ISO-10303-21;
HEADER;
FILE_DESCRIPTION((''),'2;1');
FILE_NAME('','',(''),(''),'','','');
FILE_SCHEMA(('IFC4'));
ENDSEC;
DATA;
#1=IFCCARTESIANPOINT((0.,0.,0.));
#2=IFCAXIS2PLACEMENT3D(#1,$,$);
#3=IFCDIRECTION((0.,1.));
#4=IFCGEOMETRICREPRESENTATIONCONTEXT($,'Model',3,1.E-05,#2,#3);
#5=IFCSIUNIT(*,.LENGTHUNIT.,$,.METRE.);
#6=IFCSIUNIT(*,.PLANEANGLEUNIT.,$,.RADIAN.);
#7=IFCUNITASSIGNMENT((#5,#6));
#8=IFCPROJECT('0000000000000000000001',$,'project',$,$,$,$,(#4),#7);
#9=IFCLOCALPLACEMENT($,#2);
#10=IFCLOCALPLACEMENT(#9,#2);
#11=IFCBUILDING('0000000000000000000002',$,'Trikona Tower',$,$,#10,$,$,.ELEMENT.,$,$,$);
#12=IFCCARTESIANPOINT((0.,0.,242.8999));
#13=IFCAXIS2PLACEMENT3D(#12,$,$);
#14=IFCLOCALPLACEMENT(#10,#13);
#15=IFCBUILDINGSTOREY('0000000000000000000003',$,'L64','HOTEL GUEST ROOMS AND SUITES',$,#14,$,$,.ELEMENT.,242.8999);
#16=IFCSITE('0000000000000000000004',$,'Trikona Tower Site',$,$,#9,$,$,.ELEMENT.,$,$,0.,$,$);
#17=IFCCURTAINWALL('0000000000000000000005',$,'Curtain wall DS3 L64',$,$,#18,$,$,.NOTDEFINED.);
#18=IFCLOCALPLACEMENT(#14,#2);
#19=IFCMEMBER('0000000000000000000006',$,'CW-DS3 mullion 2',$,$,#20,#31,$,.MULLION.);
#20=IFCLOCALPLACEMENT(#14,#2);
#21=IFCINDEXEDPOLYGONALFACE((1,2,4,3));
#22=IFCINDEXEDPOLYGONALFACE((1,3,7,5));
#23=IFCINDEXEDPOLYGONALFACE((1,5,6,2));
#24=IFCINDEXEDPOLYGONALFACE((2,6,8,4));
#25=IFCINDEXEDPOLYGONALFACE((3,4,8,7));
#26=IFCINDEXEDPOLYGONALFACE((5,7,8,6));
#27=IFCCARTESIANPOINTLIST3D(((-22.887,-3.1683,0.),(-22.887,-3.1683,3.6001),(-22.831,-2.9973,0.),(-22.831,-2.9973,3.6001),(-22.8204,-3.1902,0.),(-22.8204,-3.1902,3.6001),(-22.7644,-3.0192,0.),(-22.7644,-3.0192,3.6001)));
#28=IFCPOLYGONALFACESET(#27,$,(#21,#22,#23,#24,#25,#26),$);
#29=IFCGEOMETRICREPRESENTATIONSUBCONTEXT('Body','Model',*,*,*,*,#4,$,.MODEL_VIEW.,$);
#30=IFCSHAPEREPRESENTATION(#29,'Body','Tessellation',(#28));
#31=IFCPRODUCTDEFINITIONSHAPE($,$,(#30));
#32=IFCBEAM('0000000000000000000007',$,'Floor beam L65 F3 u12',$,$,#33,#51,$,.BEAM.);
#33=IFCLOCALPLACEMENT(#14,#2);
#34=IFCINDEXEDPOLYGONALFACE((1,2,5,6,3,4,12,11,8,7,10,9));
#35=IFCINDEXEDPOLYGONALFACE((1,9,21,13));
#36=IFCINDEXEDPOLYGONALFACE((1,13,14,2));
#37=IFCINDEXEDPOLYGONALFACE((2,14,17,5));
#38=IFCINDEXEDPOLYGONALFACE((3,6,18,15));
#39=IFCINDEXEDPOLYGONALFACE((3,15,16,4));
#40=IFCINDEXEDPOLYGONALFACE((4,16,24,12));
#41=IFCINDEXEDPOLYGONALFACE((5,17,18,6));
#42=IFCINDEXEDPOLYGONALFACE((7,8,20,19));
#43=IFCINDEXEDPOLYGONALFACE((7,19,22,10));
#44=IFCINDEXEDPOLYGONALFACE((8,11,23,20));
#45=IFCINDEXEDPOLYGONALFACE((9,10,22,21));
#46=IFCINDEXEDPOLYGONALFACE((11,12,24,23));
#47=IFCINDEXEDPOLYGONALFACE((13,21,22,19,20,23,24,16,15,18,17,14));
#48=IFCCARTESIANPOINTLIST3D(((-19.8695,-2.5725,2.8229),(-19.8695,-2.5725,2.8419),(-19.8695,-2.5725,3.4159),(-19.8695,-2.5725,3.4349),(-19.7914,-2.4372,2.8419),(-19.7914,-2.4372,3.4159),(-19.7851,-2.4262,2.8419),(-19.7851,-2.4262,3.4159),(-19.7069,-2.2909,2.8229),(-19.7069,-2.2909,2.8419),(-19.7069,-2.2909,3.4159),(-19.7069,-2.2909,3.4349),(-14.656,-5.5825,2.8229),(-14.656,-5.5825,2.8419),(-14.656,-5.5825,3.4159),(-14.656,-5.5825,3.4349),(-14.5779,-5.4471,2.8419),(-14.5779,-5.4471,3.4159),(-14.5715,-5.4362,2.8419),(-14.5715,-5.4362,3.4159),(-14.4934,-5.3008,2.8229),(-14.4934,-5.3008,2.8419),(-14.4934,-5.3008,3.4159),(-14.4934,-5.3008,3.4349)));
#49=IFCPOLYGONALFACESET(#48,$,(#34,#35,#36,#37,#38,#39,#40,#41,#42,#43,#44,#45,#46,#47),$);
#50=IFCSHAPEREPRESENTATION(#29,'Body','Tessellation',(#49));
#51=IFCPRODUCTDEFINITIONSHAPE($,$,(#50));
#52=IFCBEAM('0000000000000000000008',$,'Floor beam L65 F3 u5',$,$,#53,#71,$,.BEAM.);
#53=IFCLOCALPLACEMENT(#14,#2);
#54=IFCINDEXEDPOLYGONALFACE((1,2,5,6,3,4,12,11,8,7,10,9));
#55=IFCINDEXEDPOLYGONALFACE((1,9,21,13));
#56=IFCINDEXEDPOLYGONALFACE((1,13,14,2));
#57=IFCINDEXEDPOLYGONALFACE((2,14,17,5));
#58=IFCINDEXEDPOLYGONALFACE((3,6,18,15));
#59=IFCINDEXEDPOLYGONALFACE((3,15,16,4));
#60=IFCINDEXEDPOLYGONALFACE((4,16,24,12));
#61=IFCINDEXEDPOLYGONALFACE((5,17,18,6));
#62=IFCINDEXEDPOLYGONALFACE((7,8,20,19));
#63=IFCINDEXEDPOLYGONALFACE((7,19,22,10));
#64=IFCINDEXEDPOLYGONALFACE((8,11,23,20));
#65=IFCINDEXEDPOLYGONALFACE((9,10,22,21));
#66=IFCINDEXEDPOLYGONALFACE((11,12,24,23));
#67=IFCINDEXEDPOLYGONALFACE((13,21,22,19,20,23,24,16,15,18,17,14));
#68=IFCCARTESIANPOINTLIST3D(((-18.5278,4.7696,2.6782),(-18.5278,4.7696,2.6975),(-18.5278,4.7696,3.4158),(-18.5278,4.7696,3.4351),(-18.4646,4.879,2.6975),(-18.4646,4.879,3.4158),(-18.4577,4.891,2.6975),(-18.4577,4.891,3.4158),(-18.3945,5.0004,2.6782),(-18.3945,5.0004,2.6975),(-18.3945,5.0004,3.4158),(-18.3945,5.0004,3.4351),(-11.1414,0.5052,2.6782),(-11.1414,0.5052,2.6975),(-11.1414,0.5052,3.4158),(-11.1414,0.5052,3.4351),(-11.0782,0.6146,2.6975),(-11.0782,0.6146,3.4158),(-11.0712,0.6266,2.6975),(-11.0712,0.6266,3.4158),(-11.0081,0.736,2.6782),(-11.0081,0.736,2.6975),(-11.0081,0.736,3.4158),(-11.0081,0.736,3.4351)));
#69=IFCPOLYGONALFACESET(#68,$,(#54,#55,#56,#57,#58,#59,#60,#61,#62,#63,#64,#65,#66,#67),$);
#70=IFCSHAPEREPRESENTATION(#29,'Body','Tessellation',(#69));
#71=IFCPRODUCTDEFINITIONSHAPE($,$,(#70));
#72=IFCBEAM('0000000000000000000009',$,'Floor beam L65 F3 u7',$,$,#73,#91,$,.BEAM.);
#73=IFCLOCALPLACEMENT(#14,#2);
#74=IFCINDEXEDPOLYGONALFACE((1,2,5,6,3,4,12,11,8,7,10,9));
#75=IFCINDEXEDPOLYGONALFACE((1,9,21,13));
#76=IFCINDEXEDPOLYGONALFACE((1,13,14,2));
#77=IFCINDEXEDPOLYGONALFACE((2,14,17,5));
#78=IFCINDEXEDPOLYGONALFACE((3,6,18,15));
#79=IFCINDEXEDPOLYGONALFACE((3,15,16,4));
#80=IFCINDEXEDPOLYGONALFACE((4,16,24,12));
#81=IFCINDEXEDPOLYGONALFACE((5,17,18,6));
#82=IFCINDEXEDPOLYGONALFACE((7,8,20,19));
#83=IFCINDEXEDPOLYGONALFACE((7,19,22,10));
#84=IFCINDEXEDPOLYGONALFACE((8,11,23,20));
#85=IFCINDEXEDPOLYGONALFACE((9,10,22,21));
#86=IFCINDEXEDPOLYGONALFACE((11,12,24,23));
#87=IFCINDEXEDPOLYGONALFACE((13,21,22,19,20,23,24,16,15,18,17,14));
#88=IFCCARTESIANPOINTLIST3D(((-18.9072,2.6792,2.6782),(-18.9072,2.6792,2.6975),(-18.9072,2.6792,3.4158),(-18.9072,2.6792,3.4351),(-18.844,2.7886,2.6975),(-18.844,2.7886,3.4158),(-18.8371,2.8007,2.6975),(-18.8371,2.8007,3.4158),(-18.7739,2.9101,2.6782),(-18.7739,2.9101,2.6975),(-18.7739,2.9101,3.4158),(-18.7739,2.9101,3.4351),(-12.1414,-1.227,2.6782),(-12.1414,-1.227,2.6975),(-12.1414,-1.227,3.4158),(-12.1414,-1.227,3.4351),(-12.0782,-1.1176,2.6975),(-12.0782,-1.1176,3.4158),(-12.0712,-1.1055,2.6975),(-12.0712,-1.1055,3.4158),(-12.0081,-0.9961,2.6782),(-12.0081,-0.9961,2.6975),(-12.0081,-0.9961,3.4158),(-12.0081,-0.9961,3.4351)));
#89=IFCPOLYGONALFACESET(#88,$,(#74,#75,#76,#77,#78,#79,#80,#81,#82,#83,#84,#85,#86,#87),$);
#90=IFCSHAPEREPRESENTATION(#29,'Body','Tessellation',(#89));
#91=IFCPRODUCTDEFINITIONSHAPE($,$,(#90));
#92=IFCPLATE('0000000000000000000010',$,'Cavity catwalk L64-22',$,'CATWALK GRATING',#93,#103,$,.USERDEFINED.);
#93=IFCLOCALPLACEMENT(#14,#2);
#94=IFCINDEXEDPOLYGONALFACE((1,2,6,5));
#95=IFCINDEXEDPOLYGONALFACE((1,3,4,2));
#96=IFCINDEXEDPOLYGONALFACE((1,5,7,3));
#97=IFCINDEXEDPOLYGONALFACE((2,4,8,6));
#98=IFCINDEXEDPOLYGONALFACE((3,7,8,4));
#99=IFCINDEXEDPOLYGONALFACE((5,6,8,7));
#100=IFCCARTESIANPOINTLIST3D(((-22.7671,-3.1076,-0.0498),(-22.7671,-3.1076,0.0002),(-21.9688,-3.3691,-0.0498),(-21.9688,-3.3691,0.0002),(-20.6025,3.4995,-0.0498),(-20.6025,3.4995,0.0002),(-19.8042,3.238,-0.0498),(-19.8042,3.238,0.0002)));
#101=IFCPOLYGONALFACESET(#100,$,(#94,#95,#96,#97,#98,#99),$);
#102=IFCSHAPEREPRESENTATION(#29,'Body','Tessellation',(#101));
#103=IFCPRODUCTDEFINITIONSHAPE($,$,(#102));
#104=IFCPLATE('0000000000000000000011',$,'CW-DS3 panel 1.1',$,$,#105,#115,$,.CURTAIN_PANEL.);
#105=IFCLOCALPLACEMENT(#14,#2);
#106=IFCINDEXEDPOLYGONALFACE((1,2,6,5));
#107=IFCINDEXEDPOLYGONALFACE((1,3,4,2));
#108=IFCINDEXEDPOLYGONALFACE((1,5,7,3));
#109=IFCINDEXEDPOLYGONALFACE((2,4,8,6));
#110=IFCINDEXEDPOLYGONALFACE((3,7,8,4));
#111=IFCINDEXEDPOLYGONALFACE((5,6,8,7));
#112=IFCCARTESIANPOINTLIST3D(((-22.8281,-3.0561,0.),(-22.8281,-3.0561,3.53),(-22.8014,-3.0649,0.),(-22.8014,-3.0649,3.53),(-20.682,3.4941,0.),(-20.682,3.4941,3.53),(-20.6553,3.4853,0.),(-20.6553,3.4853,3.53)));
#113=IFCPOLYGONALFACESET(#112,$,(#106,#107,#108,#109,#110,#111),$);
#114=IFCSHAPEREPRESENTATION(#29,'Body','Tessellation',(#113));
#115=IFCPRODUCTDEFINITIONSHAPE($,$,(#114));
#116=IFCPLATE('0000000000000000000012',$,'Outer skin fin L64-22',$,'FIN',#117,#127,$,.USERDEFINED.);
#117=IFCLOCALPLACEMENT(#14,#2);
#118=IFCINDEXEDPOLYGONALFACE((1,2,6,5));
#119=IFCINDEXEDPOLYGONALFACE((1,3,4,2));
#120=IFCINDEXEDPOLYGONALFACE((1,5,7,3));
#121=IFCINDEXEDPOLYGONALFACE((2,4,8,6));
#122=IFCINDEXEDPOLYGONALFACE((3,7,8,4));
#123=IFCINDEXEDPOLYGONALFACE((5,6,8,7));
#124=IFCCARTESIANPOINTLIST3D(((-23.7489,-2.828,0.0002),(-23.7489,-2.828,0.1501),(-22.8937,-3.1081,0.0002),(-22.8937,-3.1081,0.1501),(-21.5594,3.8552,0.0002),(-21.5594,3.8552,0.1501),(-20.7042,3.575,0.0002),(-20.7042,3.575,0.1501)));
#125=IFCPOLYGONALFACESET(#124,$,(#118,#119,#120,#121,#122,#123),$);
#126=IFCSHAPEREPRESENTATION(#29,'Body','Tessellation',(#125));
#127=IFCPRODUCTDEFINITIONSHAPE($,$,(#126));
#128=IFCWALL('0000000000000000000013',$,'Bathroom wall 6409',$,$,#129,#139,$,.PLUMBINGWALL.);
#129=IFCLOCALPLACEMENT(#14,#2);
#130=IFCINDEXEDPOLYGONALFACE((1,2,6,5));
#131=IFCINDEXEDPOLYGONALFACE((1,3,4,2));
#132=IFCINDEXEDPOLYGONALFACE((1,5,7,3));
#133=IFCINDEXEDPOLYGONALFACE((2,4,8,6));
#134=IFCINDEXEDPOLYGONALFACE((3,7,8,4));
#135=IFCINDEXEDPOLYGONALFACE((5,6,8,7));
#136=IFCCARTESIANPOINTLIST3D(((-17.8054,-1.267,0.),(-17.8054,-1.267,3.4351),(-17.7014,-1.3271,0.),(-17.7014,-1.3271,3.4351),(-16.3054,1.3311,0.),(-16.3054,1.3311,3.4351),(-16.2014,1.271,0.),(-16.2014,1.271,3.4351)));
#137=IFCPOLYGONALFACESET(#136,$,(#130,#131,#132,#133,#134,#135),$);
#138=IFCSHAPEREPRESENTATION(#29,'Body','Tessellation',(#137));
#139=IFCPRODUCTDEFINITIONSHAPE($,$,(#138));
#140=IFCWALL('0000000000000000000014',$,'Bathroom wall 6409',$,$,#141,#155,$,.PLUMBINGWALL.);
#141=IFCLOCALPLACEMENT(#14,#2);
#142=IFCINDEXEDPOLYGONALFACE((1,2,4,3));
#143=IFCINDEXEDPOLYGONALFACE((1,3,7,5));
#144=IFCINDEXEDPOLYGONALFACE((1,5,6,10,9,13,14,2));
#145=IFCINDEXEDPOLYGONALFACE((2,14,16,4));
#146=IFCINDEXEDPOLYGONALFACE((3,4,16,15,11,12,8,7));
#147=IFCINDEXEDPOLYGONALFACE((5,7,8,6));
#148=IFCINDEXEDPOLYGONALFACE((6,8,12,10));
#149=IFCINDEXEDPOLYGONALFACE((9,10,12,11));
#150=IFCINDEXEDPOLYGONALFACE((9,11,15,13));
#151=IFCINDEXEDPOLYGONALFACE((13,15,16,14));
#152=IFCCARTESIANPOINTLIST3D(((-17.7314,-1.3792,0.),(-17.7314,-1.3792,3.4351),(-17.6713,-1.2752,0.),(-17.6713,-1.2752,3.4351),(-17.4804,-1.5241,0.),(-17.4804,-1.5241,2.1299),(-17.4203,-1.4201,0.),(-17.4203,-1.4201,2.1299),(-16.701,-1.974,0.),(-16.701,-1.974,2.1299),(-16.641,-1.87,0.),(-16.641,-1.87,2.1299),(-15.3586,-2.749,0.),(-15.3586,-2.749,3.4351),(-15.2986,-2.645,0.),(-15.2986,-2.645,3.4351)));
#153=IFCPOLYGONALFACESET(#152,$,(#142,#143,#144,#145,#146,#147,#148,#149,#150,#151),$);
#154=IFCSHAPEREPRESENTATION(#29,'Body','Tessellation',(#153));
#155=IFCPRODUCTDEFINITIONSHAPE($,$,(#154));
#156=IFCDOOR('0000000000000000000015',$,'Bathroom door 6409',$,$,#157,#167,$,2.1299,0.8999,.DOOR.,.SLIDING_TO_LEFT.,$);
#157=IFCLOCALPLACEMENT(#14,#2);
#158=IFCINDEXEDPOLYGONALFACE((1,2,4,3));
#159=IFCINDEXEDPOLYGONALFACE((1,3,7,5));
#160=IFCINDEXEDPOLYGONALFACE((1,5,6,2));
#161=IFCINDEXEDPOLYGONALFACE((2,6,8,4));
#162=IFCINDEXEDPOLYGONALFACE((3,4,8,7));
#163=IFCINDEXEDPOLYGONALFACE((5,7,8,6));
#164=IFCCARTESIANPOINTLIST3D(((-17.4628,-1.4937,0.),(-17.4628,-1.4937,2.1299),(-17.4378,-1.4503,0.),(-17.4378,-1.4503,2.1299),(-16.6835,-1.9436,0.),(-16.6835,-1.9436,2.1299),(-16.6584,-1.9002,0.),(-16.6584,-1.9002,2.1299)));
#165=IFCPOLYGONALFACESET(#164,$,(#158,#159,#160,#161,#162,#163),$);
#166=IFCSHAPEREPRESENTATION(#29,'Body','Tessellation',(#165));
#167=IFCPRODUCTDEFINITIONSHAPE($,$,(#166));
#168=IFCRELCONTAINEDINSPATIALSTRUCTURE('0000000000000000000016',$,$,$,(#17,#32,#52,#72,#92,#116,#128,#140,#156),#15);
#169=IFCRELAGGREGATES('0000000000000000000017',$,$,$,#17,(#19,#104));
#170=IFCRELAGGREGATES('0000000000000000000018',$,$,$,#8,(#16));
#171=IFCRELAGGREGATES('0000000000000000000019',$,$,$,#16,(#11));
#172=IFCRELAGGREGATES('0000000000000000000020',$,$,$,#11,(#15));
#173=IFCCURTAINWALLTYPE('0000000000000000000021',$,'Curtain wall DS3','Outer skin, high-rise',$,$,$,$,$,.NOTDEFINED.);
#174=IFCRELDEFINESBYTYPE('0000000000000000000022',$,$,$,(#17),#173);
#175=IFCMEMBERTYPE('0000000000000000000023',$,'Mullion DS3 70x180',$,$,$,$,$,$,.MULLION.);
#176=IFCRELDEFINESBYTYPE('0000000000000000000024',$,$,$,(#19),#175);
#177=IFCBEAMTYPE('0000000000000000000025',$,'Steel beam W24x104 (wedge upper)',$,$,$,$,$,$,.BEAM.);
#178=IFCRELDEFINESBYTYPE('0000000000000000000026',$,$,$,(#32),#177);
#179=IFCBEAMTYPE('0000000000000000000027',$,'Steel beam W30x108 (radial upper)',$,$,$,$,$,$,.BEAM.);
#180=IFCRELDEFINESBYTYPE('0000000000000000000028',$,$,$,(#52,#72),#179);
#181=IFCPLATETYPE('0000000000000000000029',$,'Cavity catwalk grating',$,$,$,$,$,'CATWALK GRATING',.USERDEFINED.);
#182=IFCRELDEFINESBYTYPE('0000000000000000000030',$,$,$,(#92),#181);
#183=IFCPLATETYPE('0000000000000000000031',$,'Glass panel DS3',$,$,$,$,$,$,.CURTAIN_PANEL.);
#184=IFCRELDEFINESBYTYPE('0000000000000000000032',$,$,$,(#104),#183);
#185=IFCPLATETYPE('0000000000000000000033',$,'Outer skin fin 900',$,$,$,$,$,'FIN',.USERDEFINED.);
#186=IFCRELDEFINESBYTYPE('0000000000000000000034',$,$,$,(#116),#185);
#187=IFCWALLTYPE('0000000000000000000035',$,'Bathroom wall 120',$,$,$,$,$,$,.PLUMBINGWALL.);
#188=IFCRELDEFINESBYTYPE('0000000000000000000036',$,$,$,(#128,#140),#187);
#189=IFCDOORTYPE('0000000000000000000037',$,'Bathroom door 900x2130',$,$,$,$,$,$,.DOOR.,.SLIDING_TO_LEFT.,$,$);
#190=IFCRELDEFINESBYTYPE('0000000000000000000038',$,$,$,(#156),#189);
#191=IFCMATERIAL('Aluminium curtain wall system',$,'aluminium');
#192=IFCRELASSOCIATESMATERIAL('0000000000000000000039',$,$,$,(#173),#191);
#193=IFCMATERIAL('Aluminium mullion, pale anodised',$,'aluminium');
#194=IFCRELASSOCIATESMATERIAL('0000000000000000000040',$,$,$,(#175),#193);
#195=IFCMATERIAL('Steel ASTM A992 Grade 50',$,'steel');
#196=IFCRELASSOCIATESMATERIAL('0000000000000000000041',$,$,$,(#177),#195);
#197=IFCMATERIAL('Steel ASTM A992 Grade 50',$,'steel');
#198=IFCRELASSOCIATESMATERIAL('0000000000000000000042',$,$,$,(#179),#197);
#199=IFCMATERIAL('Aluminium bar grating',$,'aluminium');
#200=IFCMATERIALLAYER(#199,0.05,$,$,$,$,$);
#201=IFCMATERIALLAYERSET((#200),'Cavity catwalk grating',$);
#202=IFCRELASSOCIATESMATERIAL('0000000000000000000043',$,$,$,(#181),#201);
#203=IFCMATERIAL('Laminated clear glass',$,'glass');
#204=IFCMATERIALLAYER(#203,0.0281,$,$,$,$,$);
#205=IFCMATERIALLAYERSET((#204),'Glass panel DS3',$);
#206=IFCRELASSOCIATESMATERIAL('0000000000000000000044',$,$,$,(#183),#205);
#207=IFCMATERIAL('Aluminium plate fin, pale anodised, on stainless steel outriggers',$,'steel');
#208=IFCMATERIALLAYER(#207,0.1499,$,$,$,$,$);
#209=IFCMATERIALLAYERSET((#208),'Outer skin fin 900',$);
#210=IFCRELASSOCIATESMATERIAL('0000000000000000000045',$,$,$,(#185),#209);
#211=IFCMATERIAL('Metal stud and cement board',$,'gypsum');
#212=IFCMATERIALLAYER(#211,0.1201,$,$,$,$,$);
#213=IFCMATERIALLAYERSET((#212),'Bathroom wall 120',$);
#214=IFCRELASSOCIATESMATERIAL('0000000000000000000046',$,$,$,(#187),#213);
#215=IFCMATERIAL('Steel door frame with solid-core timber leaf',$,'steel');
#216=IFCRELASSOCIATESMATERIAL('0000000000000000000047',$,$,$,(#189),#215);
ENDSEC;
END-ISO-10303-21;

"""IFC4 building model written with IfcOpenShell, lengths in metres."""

from ifc_helpers import new_model, si_unit, direction, frame, frame_2d, origin, origin_2d, place, context, subcontext, project, spatial, rectangle, i_section, extrude, material, layer, layer_set, material_profile, profile_set, type_object, element, fill, aggregate, save


model = new_model("IFC4")

# Units and contexts
model_context = context("Model", 3, precision=1e-05, world=origin(), true_north=direction((0.0, 1.0)))
body_context = subcontext(model_context, "Body", "Model", "MODEL_VIEW")
ifc_project = project(units=[si_unit("LENGTHUNIT", "METRE"), si_unit("PLANEANGLEUNIT", "RADIAN")], contexts=[model_context])

# Site, building, storey
site_placement = place(None, origin())
site = spatial("IfcSite", under=ifc_project, at=site_placement, Name="Trikona Tower Site", CompositionType="ELEMENT", RefElevation=0.0)
building_placement = place(site_placement, origin())
building = spatial("IfcBuilding", under=site, at=building_placement, Name="Trikona Tower", CompositionType="ELEMENT")
storey_placement = place(building_placement, frame((0.0, 0.0, 242.8999)))
storey = spatial("IfcBuildingStorey", under=building, at=storey_placement, Name="L64", Description="HOTEL GUEST ROOMS AND SUITES", CompositionType="ELEMENT", Elevation=242.8999)

# Curtain wall, member
ifc_material_1 = material(Name="Aluminium curtain wall system", Category="aluminium")
curtain_wall_type = type_object("IfcCurtainWallType", Name="Curtain wall DS3", Description="Outer skin, high-rise", PredefinedType="NOTDEFINED", material=ifc_material_1)
curtain_wall_placement = place(storey_placement, origin())
curtain_wall = element("IfcCurtainWall", 1, at=curtain_wall_placement, inside=storey, type_object=curtain_wall_type, Name="Curtain wall DS3 L64", PredefinedType="NOTDEFINED")
ifc_material_2 = material(Name="Aluminium mullion, pale anodised", Category="aluminium")
ifc_material_profile_1 = material_profile(ifc_material_2, rectangle(XDim=0.0701, YDim=0.1799, at=origin_2d()), Name="MUL-DS3")
ifc_profile_set_1 = profile_set([ifc_material_profile_1], Name="Aluminium mullion, pale anodised")
member_type = type_object("IfcMemberType", Name="Mullion DS3 70x180", PredefinedType="MULLION", material=ifc_profile_set_1)
member_placement = place(storey_placement, frame((-22.8257, -3.0938, 0.0), z_axis=(0.0, 0.0, 1.0), x_axis=(0.950297, -0.311344, 0.0)))
member = element("IfcMember", 2, at=member_placement, type_object=member_type, Name="CW-DS3 mullion 2", PredefinedType="MULLION", context=body_context, shape_type="SweptSolid", body=[
    extrude(rectangle(XDim=0.0701, YDim=0.1799, at=origin_2d()), origin(), (0.0, 0.0, 1.0), 3.6001),
])

# Beams
ifc_material_3 = material(Name="Steel ASTM A992 Grade 50", Category="steel")
ifc_material_profile_2 = material_profile(ifc_material_3, i_section(OverallWidth=0.3252, OverallDepth=0.6121, WebThickness=0.0127, FlangeThickness=0.019, at=origin_2d()), Name="W24X104")
ifc_profile_set_2 = profile_set([ifc_material_profile_2], Name="Steel ASTM A992 Grade 50")
beam_type_1 = type_object("IfcBeamType", Name="Steel beam W24x104 (wedge upper)", PredefinedType="BEAM", material=ifc_profile_set_2)
beam_1_placement = place(storey_placement, frame((-14.5747, -5.4417, 3.1289), z_axis=(-0.866031, 0.49999, 0.0), x_axis=(-0.49999, -0.866031, 0.0)))
element("IfcBeam", 3, at=beam_1_placement, inside=storey, type_object=beam_type_1, Name="Floor beam L65 F3 u12", PredefinedType="BEAM", context=body_context, shape_type="SweptSolid", body=[
    extrude(i_section(OverallWidth=0.3252, OverallDepth=0.6121, WebThickness=0.0127, FlangeThickness=0.019, at=origin_2d()), origin(), (0.0, 0.0, 1.0), 6.02),
])
ifc_material_4 = material(Name="Steel ASTM A992 Grade 50", Category="steel")
ifc_material_profile_3 = material_profile(ifc_material_4, i_section(OverallWidth=0.2666, OverallDepth=0.7568, WebThickness=0.0139, FlangeThickness=0.0193, at=origin_2d()), Name="W30X108")
ifc_profile_set_3 = profile_set([ifc_material_profile_3], Name="Steel ASTM A992 Grade 50")
beam_type_2 = type_object("IfcBeamType", Name="Steel beam W30x108 (radial upper)", PredefinedType="BEAM", material=ifc_profile_set_3)
beam_2_placement = place(storey_placement, frame((-11.0747, 0.6206, 3.0566), z_axis=(-0.866034, 0.499984, 0.0), x_axis=(-0.499984, -0.866034, 0.0)))
element("IfcBeam", 4, at=beam_2_placement, inside=storey, type_object=beam_type_2, Name="Floor beam L65 F3 u5", PredefinedType="BEAM", context=body_context, shape_type="SweptSolid", body=[
    extrude(i_section(OverallWidth=0.2666, OverallDepth=0.7568, WebThickness=0.0139, FlangeThickness=0.0193, at=origin_2d()), origin(), (0.0, 0.0, 1.0), 8.5291),
])
beam_3_placement = place(storey_placement, frame((-12.0747, -1.1116, 3.0566), z_axis=(-0.866027, 0.499997, 0.0), x_axis=(-0.499997, -0.866027, 0.0)))
element("IfcBeam", 5, at=beam_3_placement, inside=storey, type_object=beam_type_2, Name="Floor beam L65 F3 u7", PredefinedType="BEAM", context=body_context, shape_type="SweptSolid", body=[
    extrude(i_section(OverallWidth=0.2666, OverallDepth=0.7568, WebThickness=0.0139, FlangeThickness=0.0193, at=origin_2d()), origin(), (0.0, 0.0, 1.0), 7.8125),
])

# Plates
ifc_material_5 = material(Name="Aluminium bar grating", Category="aluminium")
ifc_layer_1 = layer(ifc_material_5, 0.05)
ifc_layer_set_1 = layer_set([ifc_layer_1], Name="Cavity catwalk grating")
plate_type_1 = type_object("IfcPlateType", Name="Cavity catwalk grating", ElementType="CATWALK GRATING", PredefinedType="USERDEFINED", material=ifc_layer_set_1)
plate_1_placement = place(storey_placement, frame((-21.2856, 0.0652, -0.0498), z_axis=(0.0, 0.0, 1.0), x_axis=(-0.311337, -0.9503, 0.0)))
element("IfcPlate", 6, at=plate_1_placement, inside=storey, type_object=plate_type_1, Name="Cavity catwalk L64-22", ObjectType="CATWALK GRATING", PredefinedType="USERDEFINED", context=body_context, shape_type="SweptSolid", body=[
    extrude(rectangle(XDim=6.9526, YDim=0.8401, at=origin_2d()), origin(), (0.0, 0.0, 1.0), 0.05),
])
ifc_material_6 = material(Name="Laminated clear glass", Category="glass")
ifc_layer_2 = layer(ifc_material_6, 0.0281)
ifc_layer_set_2 = layer_set([ifc_layer_2], Name="Glass panel DS3")
plate_type_2 = type_object("IfcPlateType", Name="Glass panel DS3", PredefinedType="CURTAIN_PANEL", material=ifc_layer_set_2)
plate_2_placement = place(storey_placement, frame((-21.7417, 0.2146, 0.0), z_axis=(0.0, 0.0, 1.0), x_axis=(-0.311344, -0.950297, 0.0)))
plate_2 = element("IfcPlate", 7, at=plate_2_placement, type_object=plate_type_2, Name="CW-DS3 panel 1.1", PredefinedType="CURTAIN_PANEL", context=body_context, shape_type="SweptSolid", body=[
    extrude(rectangle(XDim=6.8928, YDim=0.0281, at=origin_2d()), origin(), (0.0, 0.0, 1.0), 3.53),
])
aggregate(curtain_wall, [member, plate_2])
ifc_material_7 = material(Name="Aluminium plate fin, pale anodised, on stainless steel outriggers", Category="steel")
ifc_layer_3 = layer(ifc_material_7, 0.1499)
ifc_layer_set_3 = layer_set([ifc_layer_3], Name="Outer skin fin 900")
plate_type_3 = type_object("IfcPlateType", Name="Outer skin fin 900", ElementType="FIN", PredefinedType="USERDEFINED", material=ifc_layer_set_3)
plate_3_placement = place(storey_placement, frame((-22.2266, 0.3735, 0.0002), z_axis=(0.0, 0.0, 1.0), x_axis=(-0.311337, -0.9503, 0.0)))
element("IfcPlate", 8, at=plate_3_placement, inside=storey, type_object=plate_type_3, Name="Outer skin fin L64-22", ObjectType="FIN", PredefinedType="USERDEFINED", context=body_context, shape_type="SweptSolid", body=[
    extrude(rectangle(XDim=7.0327, YDim=0.8999, at=origin_2d()), origin(), (0.0, 0.0, 1.0), 0.1499),
])

# Wall
ifc_material_8 = material(Name="Metal stud and cement board", Category="gypsum")
ifc_layer_4 = layer(ifc_material_8, 0.1201)
ifc_layer_set_4 = layer_set([ifc_layer_4], Name="Bathroom wall 120")
wall_type_1 = type_object("IfcWallType", Name="Bathroom wall 120", PredefinedType="PLUMBINGWALL", material=ifc_layer_set_4)
wall_1_placement = place(storey_placement, frame((-16.2534, 1.301, 0.0), z_axis=(0.0, 0.0, 1.0), x_axis=(-0.49999, -0.866031, 0.0)))
element("IfcWall", 9, at=wall_1_placement, inside=storey, type_object=wall_type_1, Name="Bathroom wall 6409", PredefinedType="PLUMBINGWALL", context=body_context, shape_type="SweptSolid", body=[
    extrude(rectangle(XDim=3.0, YDim=0.1201, at=frame_2d((1.5, 0.0))), origin(), (0.0, 0.0, 1.0), 3.4351),
])

# Wall, opening, door
wall_2_placement = place(storey_placement, frame((-15.3286, -2.697, 0.0), z_axis=(0.0, 0.0, 1.0), x_axis=(-0.866036, 0.499982, 0.0)))
wall_2 = element("IfcWall", 10, at=wall_2_placement, inside=storey, type_object=wall_type_1, Name="Bathroom wall 6409", PredefinedType="PLUMBINGWALL", context=body_context, shape_type="SweptSolid", body=[
    extrude(rectangle(XDim=2.7397, YDim=0.1201, at=frame_2d((1.3699, 0.0))), origin(), (0.0, 0.0, 1.0), 3.4351),
])
opening_1_placement = place(wall_2_placement, frame((1.55, 0.0, 0.0)))
opening_1 = element("IfcOpeningElement", 11, at=opening_1_placement, cuts=wall_2, PredefinedType="OPENING", context=body_context, shape_type="SweptSolid", body=[
    extrude(rectangle(XDim=0.8999, YDim=2.1299, at=frame_2d((0.45, 1.0649))), frame((0.0, 0.0701, 0.0), z_axis=(0.0, -1.0, 0.0), x_axis=(1.0, 0.0, 0.0)), (0.0, 0.0, 1.0), 0.1401),
])
ifc_material_9 = material(Name="Steel door frame with solid-core timber leaf", Category="steel")
door_type_1 = type_object("IfcDoorType", Name="Bathroom door 900x2130", OperationType="SLIDING_TO_LEFT", PredefinedType="DOOR", material=ifc_material_9)
door_1_placement = place(opening_1_placement, origin())
door_1 = element("IfcDoor", 12, at=door_1_placement, inside=storey, type_object=door_type_1, Name="Bathroom door 6409", OperationType="SLIDING_TO_LEFT", OverallHeight=2.1299, OverallWidth=0.8999, PredefinedType="DOOR", context=body_context, shape_type="SweptSolid", body=[
    extrude(rectangle(XDim=0.8999, YDim=2.1299, at=frame_2d((0.45, 1.0649))), frame((0.0, 0.0249, 0.0), z_axis=(0.0, -1.0, 0.0), x_axis=(1.0, 0.0, 0.0)), (0.0, 0.0, 1.0), 0.05),
])
fill(opening_1, door_1)

save(model, "model.ifc")
